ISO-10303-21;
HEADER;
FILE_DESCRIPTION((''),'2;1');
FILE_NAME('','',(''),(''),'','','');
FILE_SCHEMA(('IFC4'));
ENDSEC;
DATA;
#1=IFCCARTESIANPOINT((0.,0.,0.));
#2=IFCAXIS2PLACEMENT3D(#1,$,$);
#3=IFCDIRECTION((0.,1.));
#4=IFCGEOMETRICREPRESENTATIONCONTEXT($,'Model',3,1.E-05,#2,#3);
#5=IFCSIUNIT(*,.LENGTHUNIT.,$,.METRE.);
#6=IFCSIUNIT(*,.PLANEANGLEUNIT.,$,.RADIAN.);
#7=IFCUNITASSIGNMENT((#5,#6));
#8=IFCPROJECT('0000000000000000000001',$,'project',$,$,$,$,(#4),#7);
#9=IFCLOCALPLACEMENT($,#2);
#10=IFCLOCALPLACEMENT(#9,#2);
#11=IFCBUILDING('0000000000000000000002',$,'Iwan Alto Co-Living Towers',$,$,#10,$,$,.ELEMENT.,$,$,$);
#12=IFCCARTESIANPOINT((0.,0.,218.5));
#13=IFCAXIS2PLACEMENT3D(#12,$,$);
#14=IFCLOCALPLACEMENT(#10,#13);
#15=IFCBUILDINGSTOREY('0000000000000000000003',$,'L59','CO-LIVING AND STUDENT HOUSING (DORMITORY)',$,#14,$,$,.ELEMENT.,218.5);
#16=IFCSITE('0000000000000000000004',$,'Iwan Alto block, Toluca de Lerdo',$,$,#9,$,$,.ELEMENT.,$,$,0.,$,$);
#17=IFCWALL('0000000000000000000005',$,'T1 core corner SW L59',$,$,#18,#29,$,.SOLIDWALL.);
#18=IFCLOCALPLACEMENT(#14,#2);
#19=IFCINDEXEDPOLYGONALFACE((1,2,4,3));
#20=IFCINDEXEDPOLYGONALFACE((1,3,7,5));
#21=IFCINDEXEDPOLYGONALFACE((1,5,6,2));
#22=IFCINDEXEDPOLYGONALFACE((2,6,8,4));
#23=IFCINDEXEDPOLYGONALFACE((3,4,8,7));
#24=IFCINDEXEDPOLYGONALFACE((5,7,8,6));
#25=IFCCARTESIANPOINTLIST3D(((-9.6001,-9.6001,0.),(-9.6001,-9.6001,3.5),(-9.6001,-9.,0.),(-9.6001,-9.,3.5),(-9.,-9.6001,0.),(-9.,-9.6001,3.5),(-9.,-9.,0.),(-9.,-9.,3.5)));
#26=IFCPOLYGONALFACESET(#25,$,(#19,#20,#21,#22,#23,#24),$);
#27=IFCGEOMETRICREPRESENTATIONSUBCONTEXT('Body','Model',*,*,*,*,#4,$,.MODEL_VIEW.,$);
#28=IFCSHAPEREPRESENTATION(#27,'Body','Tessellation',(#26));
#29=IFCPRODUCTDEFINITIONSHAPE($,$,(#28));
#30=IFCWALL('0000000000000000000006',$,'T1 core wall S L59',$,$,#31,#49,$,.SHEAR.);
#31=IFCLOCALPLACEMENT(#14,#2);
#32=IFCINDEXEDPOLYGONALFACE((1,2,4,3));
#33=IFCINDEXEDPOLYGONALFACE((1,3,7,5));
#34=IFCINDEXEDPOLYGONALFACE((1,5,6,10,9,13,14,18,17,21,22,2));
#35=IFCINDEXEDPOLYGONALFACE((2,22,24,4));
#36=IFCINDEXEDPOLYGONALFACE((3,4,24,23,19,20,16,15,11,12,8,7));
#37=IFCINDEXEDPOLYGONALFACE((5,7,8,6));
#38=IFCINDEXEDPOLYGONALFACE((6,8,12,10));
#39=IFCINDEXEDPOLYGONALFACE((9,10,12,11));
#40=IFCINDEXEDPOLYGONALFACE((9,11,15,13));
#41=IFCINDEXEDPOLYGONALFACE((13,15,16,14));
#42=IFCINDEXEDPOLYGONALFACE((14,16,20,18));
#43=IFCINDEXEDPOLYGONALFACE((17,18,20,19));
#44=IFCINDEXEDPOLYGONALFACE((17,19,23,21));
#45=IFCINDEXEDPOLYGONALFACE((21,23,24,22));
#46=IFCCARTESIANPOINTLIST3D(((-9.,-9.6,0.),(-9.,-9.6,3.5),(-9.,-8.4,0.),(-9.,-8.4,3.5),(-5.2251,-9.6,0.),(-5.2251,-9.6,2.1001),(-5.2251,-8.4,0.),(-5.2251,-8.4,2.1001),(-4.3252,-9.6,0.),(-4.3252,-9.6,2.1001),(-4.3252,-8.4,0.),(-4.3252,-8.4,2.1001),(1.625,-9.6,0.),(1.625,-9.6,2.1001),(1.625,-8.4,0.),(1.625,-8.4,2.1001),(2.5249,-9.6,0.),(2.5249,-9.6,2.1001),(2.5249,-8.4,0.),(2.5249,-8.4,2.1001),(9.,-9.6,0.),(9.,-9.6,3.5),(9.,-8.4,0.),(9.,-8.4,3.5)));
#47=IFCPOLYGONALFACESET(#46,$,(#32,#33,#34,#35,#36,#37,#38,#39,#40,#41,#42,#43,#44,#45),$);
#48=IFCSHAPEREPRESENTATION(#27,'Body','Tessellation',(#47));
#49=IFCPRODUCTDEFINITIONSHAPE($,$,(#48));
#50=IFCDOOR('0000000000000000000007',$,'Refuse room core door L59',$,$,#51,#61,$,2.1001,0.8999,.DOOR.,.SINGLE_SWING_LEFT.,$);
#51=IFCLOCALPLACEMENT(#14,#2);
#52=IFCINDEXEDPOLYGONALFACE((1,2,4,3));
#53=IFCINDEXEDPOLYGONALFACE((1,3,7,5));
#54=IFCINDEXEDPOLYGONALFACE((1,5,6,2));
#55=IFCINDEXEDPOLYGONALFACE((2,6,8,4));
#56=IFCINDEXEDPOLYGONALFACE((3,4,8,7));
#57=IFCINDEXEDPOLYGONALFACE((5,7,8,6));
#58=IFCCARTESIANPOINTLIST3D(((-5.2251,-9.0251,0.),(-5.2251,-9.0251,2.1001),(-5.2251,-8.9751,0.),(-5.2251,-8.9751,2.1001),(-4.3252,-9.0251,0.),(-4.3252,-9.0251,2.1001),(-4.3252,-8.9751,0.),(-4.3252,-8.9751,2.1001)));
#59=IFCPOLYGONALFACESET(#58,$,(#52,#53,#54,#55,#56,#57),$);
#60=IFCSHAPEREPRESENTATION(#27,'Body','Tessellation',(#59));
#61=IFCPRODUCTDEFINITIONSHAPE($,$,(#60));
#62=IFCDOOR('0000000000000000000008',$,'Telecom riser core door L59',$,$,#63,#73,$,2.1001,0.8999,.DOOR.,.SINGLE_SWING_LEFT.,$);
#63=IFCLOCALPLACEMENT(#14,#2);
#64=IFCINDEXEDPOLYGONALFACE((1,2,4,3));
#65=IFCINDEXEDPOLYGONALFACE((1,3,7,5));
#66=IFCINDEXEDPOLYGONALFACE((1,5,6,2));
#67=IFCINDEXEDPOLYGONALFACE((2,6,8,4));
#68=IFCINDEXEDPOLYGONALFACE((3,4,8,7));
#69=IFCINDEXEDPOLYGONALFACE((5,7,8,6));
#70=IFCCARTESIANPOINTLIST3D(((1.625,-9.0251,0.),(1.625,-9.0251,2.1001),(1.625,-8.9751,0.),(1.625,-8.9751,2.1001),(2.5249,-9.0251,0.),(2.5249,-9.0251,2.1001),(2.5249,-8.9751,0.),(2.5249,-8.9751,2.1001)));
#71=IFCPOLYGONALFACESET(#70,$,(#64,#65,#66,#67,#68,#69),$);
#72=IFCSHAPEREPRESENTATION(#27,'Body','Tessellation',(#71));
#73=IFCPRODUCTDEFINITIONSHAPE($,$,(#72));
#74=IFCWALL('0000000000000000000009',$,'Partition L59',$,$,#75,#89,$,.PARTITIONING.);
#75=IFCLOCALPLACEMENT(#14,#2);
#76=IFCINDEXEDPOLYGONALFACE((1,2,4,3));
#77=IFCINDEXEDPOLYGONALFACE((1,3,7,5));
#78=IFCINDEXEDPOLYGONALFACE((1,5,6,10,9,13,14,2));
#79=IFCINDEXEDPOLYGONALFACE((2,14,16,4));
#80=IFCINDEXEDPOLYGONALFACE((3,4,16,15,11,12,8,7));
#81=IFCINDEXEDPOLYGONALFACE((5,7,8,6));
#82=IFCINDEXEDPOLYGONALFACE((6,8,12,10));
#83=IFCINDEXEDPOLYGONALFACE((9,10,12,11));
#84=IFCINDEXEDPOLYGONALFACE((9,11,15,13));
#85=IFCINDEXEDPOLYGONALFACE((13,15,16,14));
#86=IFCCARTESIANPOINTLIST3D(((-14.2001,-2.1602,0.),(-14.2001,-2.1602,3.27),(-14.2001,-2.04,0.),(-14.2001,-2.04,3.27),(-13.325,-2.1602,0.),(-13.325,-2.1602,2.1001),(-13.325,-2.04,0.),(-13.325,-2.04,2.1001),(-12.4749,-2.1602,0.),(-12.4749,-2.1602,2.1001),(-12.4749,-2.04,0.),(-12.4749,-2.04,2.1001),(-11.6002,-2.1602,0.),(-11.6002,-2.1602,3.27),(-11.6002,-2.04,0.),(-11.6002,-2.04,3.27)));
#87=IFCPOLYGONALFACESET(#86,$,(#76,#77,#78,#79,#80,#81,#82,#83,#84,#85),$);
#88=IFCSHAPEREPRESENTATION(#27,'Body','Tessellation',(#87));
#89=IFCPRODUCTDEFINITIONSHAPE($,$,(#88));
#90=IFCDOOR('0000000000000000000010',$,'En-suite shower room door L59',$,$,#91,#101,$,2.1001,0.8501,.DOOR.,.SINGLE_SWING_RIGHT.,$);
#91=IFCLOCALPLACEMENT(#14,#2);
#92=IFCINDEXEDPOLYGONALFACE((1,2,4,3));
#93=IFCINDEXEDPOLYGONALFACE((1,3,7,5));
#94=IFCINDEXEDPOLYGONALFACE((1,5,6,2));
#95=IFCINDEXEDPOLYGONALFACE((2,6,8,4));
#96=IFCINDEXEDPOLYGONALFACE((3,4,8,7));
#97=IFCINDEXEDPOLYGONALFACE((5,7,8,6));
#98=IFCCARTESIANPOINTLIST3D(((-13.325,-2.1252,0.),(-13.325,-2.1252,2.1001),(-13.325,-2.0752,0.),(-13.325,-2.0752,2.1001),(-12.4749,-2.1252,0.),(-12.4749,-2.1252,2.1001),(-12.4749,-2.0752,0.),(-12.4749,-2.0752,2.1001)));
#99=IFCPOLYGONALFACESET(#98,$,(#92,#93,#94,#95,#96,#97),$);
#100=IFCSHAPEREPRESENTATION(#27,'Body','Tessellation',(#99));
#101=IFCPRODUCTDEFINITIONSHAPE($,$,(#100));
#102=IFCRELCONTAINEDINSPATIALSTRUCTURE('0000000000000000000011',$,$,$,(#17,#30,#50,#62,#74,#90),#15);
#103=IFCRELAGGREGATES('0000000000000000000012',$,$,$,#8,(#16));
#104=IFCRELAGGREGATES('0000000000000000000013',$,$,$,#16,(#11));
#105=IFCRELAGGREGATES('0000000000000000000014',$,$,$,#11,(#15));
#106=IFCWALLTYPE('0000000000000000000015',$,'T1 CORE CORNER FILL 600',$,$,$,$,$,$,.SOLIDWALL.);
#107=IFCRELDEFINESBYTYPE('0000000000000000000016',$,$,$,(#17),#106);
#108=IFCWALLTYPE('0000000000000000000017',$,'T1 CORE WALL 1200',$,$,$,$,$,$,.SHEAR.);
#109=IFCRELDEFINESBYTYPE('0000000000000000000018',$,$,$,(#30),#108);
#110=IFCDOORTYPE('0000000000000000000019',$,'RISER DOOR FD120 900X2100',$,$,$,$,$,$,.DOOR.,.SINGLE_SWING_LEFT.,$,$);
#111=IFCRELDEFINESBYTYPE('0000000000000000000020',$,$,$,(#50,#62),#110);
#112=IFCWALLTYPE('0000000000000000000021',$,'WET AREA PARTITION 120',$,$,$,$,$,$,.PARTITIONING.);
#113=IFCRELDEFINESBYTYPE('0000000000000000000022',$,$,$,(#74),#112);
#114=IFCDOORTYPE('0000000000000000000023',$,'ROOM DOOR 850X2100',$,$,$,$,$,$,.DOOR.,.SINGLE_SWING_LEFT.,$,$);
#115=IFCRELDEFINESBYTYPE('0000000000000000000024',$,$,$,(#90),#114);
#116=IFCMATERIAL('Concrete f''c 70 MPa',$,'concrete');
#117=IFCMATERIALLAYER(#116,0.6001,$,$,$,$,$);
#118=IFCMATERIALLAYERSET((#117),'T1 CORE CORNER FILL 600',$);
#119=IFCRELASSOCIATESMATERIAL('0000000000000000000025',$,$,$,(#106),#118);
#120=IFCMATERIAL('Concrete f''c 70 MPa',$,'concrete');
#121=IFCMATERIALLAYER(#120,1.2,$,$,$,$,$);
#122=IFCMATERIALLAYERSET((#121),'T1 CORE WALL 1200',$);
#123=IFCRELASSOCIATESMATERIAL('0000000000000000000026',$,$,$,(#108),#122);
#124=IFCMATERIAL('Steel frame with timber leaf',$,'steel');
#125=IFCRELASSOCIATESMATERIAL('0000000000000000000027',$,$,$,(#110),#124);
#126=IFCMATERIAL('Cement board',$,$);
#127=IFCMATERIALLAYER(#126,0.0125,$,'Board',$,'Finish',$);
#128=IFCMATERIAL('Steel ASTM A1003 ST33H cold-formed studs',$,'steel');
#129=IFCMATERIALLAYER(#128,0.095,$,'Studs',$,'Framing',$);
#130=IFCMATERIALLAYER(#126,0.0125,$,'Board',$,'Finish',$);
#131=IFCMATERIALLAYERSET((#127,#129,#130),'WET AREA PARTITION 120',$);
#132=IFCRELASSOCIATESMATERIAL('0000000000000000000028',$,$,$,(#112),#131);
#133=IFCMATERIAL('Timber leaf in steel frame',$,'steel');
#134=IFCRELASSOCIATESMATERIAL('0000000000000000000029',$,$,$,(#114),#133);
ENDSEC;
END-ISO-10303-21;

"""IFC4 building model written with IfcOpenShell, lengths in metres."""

from ifc_helpers import new_model, si_unit, direction, frame, frame_2d, origin, place, context, subcontext, project, spatial, rectangle, extrude, material, layer, layer_set, type_object, element, fill, save


model = new_model("IFC4")

# Units and contexts
model_context = context("Model", 3, precision=1e-05, world=origin(), true_north=direction((0.0, 1.0)))
body_context = subcontext(model_context, "Body", "Model", "MODEL_VIEW")
ifc_project = project(units=[si_unit("LENGTHUNIT", "METRE"), si_unit("PLANEANGLEUNIT", "RADIAN")], contexts=[model_context])

# Site, building, storey
site_placement = place(None, origin())
site = spatial("IfcSite", under=ifc_project, at=site_placement, Name="Iwan Alto block, Toluca de Lerdo", CompositionType="ELEMENT", RefElevation=0.0)
building_placement = place(site_placement, origin())
building = spatial("IfcBuilding", under=site, at=building_placement, Name="Iwan Alto Co-Living Towers", CompositionType="ELEMENT")
storey_placement = place(building_placement, frame((0.0, 0.0, 218.5)))
storey = spatial("IfcBuildingStorey", under=building, at=storey_placement, Name="L59", Description="CO-LIVING AND STUDENT HOUSING (DORMITORY)", CompositionType="ELEMENT", Elevation=218.5)

# Shared definitions
ifc_material_1 = material(Name="Steel ASTM A1003 ST33H cold-formed studs", Category="steel")

# Wall
ifc_material_2 = material(Name="Concrete f'c 70 MPa", Category="concrete")
ifc_layer_1 = layer(ifc_material_2, 0.6001)
ifc_layer_set_1 = layer_set([ifc_layer_1], Name="T1 CORE CORNER FILL 600")
wall_type_1 = type_object("IfcWallType", Name="T1 CORE CORNER FILL 600", PredefinedType="SOLIDWALL", material=ifc_layer_set_1)
wall_1_placement = place(storey_placement, frame((-9.6001, -9.3, 0.0), z_axis=(0.0, 0.0, 1.0), x_axis=(1.0, 0.0, 0.0)))
element("IfcWall", 1, at=wall_1_placement, inside=storey, type_object=wall_type_1, Name="T1 core corner SW L59", PredefinedType="SOLIDWALL", context=body_context, shape_type="SweptSolid", body=[
    extrude(rectangle(XDim=0.6001, YDim=0.6001, at=frame_2d((0.3, 0.0))), origin(), (0.0, 0.0, 1.0), 3.5),
])

# Wall, openings, doors
ifc_material_3 = material(Name="Concrete f'c 70 MPa", Category="concrete")
ifc_layer_2 = layer(ifc_material_3, 1.2)
ifc_layer_set_2 = layer_set([ifc_layer_2], Name="T1 CORE WALL 1200")
wall_type_2 = type_object("IfcWallType", Name="T1 CORE WALL 1200", PredefinedType="SHEAR", material=ifc_layer_set_2)
wall_2_placement = place(storey_placement, frame((-9.0, -9.0, 0.0), z_axis=(0.0, 0.0, 1.0), x_axis=(1.0, 0.0, 0.0)))
wall_2 = element("IfcWall", 2, at=wall_2_placement, inside=storey, type_object=wall_type_2, Name="T1 core wall S L59", PredefinedType="SHEAR", context=body_context, shape_type="SweptSolid", body=[
    extrude(rectangle(XDim=18.0, YDim=1.2, at=frame_2d((9.0, 0.0))), origin(), (0.0, 0.0, 1.0), 3.5),
])
opening_1_placement = place(wall_2_placement, frame((3.7749, 0.0, 0.0)))
opening_1 = element("IfcOpeningElement", 3, at=opening_1_placement, cuts=wall_2, PredefinedType="OPENING", context=body_context, shape_type="SweptSolid", body=[
    extrude(rectangle(XDim=0.8999, YDim=2.1001, at=frame_2d((0.45, 1.05))), frame((0.0, 0.6099, 0.0), z_axis=(0.0, -1.0, 0.0), x_axis=(1.0, 0.0, 0.0)), (0.0, 0.0, 1.0), 1.22),
])
opening_2_placement = place(wall_2_placement, frame((10.625, 0.0, 0.0)))
opening_2 = element("IfcOpeningElement", 4, at=opening_2_placement, cuts=wall_2, PredefinedType="OPENING", context=body_context, shape_type="SweptSolid", body=[
    extrude(rectangle(XDim=0.8999, YDim=2.1001, at=frame_2d((0.45, 1.05))), frame((0.0, 0.6099, 0.0), z_axis=(0.0, -1.0, 0.0), x_axis=(1.0, 0.0, 0.0)), (0.0, 0.0, 1.0), 1.22),
])
ifc_material_4 = material(Name="Steel frame with timber leaf", Category="steel")
door_type_1 = type_object("IfcDoorType", Name="RISER DOOR FD120 900X2100", OperationType="SINGLE_SWING_LEFT", PredefinedType="DOOR", material=ifc_material_4)
door_1_placement = place(opening_1_placement, origin())
door_1 = element("IfcDoor", 5, at=door_1_placement, inside=storey, type_object=door_type_1, Name="Refuse room core door L59", OperationType="SINGLE_SWING_LEFT", OverallHeight=2.1001, OverallWidth=0.8999, PredefinedType="DOOR", context=body_context, shape_type="SweptSolid", body=[
    extrude(rectangle(XDim=0.8999, YDim=2.1001, at=frame_2d((0.45, 1.05))), frame((0.0, 0.0249, 0.0), z_axis=(0.0, -1.0, 0.0), x_axis=(1.0, 0.0, 0.0)), (0.0, 0.0, 1.0), 0.05),
])
fill(opening_1, door_1)
door_2_placement = place(opening_2_placement, origin())
door_2 = element("IfcDoor", 6, at=door_2_placement, inside=storey, type_object=door_type_1, Name="Telecom riser core door L59", OperationType="SINGLE_SWING_LEFT", OverallHeight=2.1001, OverallWidth=0.8999, PredefinedType="DOOR", context=body_context, shape_type="SweptSolid", body=[
    extrude(rectangle(XDim=0.8999, YDim=2.1001, at=frame_2d((0.45, 1.05))), frame((0.0, 0.0249, 0.0), z_axis=(0.0, -1.0, 0.0), x_axis=(1.0, 0.0, 0.0)), (0.0, 0.0, 1.0), 0.05),
])
fill(opening_2, door_2)

# Wall, opening, door
ifc_material_5 = material(Name="Cement board")
ifc_layer_3 = layer(ifc_material_5, 0.0125, Name="Board", Category="Finish")
ifc_layer_4 = layer(ifc_material_1, 0.095, Name="Studs", Category="Framing")
ifc_layer_5 = layer(ifc_material_5, 0.0125, Name="Board", Category="Finish")
ifc_layer_set_3 = layer_set([ifc_layer_3, ifc_layer_4, ifc_layer_5], Name="WET AREA PARTITION 120")
wall_type_3 = type_object("IfcWallType", Name="WET AREA PARTITION 120", PredefinedType="PARTITIONING", material=ifc_layer_set_3)
wall_3_placement = place(storey_placement, frame((-14.2, -2.1001, 0.0), z_axis=(0.0, 0.0, 1.0), x_axis=(1.0, 0.0, 0.0)))
wall_3 = element("IfcWall", 7, at=wall_3_placement, inside=storey, type_object=wall_type_3, Name="Partition L59", PredefinedType="PARTITIONING", context=body_context, shape_type="SweptSolid", body=[
    extrude(rectangle(XDim=2.5999, YDim=0.1201, at=frame_2d((1.2998, 0.0))), origin(), (0.0, 0.0, 1.0), 3.27),
])
opening_3_placement = place(wall_3_placement, frame((0.875, 0.0, 0.0)))
opening_3 = element("IfcOpeningElement", 8, at=opening_3_placement, cuts=wall_3, PredefinedType="OPENING", context=body_context, shape_type="SweptSolid", body=[
    extrude(rectangle(XDim=0.8501, YDim=2.1001, at=frame_2d((0.425, 1.05))), frame((0.0, 0.0701, 0.0), z_axis=(0.0, -1.0, 0.0), x_axis=(1.0, 0.0, 0.0)), (0.0, 0.0, 1.0), 0.1401),
])
ifc_material_6 = material(Name="Timber leaf in steel frame", Category="steel")
door_type_2 = type_object("IfcDoorType", Name="ROOM DOOR 850X2100", OperationType="SINGLE_SWING_LEFT", PredefinedType="DOOR", material=ifc_material_6)
door_3_placement = place(opening_3_placement, origin())
door_3 = element("IfcDoor", 9, at=door_3_placement, inside=storey, type_object=door_type_2, Name="En-suite shower room door L59", OperationType="SINGLE_SWING_RIGHT", OverallHeight=2.1001, OverallWidth=0.8501, PredefinedType="DOOR", context=body_context, shape_type="SweptSolid", body=[
    extrude(rectangle(XDim=0.8501, YDim=2.1001, at=frame_2d((0.425, 1.05))), frame((0.0, 0.0249, 0.0), z_axis=(0.0, -1.0, 0.0), x_axis=(1.0, 0.0, 0.0)), (0.0, 0.0, 1.0), 0.05),
])
fill(opening_3, door_3)

save(model, "model.ifc")
